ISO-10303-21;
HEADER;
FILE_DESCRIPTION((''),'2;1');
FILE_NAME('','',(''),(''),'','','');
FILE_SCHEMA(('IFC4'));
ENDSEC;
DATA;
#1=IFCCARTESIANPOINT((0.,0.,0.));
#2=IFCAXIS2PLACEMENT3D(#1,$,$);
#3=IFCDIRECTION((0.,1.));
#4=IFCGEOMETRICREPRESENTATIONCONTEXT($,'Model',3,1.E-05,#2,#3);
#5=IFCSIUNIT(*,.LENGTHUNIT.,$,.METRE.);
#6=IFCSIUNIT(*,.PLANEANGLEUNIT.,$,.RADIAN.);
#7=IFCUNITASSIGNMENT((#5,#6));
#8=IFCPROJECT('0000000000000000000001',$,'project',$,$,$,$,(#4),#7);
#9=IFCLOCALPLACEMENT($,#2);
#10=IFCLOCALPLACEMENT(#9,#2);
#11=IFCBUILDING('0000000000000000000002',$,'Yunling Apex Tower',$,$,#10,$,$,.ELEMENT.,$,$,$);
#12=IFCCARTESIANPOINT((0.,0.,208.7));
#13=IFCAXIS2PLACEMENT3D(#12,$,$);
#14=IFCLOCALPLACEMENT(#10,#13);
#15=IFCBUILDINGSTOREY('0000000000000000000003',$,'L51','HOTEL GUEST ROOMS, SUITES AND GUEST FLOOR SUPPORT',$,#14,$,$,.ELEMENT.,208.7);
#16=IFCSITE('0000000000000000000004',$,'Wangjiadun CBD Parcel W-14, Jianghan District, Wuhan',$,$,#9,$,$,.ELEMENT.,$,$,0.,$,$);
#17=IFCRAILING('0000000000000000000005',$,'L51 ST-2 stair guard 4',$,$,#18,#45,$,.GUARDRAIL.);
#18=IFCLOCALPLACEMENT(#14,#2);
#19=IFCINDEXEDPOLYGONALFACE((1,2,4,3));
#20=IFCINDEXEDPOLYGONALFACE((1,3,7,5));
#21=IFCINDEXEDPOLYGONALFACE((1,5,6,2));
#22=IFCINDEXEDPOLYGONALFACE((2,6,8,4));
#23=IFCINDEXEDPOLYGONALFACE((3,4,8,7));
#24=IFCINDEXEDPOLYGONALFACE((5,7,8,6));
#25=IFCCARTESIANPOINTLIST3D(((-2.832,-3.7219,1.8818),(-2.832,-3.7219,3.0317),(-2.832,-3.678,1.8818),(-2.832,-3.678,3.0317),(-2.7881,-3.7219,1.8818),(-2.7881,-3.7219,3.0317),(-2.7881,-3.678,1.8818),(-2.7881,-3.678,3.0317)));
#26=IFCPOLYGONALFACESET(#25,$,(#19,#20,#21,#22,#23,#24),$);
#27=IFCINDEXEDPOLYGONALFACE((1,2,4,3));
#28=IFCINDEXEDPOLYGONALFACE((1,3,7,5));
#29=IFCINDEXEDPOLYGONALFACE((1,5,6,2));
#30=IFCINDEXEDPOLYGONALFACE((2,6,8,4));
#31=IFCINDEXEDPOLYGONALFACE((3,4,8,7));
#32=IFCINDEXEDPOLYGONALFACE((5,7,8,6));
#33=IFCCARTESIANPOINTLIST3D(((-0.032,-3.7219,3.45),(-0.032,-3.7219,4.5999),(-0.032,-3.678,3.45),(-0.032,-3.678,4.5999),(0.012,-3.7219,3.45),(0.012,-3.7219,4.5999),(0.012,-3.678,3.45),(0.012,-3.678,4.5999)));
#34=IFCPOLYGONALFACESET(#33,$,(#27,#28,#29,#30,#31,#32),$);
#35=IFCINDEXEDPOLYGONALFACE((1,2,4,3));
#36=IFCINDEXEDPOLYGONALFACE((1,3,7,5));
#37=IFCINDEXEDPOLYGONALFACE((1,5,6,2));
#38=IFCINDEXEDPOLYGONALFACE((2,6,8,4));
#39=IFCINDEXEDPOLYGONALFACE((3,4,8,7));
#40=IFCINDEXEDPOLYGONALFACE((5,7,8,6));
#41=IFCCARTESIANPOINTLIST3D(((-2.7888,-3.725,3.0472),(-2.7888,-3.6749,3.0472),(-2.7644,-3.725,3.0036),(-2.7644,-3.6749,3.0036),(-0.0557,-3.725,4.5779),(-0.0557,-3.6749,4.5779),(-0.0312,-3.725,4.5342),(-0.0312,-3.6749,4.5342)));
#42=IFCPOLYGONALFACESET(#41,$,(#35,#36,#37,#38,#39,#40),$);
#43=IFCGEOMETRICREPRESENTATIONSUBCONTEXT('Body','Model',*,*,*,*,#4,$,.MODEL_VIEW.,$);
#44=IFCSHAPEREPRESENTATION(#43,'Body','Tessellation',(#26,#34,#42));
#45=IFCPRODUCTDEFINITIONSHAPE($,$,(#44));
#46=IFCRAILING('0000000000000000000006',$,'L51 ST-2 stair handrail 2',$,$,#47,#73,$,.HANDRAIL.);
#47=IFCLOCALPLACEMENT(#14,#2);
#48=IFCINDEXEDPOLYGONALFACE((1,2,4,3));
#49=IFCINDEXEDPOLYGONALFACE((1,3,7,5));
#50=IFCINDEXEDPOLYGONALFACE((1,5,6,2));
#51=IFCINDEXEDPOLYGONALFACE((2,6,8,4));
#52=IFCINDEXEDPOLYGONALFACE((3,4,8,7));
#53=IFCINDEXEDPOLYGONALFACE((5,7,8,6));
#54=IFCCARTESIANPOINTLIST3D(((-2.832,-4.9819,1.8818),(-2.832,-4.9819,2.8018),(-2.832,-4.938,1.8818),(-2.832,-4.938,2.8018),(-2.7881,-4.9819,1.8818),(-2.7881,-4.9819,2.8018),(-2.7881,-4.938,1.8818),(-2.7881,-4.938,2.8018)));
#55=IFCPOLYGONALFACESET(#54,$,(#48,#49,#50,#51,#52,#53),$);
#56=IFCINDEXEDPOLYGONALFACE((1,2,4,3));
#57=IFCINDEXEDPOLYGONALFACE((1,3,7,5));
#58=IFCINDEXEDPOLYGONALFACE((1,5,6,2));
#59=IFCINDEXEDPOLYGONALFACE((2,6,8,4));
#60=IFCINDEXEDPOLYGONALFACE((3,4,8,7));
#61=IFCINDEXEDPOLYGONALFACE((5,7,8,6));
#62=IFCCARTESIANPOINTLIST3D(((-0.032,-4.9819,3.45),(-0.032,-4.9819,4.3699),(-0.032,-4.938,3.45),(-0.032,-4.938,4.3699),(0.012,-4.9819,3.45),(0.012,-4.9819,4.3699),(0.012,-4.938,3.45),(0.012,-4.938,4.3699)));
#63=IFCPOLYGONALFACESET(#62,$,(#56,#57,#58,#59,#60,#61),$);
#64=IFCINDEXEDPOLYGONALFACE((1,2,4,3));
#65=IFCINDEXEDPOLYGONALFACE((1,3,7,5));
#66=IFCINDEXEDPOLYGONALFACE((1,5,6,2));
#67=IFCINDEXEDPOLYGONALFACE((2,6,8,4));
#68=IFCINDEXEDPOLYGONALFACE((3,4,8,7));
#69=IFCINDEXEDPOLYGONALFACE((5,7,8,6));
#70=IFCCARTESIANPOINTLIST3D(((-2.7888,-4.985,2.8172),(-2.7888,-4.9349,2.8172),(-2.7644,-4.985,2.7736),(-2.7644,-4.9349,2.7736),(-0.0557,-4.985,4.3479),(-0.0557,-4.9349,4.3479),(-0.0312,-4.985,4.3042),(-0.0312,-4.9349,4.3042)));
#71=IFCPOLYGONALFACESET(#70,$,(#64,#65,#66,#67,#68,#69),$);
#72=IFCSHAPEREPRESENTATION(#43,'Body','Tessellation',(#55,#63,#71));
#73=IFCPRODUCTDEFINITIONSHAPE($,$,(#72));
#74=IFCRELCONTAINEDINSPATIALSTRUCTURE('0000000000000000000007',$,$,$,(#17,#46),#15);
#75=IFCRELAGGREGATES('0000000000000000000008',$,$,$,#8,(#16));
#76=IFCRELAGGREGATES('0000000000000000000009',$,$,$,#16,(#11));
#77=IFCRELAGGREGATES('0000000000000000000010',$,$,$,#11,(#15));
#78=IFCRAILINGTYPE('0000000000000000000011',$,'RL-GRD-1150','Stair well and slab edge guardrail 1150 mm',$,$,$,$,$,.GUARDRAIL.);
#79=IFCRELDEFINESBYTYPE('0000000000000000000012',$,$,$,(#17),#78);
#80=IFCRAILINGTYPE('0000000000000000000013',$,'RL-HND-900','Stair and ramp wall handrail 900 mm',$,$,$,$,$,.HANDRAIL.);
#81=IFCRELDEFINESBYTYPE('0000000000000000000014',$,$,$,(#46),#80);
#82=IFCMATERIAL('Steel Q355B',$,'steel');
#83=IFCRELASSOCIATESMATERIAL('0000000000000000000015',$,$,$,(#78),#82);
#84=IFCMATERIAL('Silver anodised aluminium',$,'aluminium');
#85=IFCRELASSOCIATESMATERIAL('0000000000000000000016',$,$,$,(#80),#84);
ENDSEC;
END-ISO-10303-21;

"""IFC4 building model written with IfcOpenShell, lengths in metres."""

from ifc_helpers import new_model, si_unit, direction, frame, origin, origin_2d, place, context, subcontext, project, spatial, rectangle, extrude, material, type_object, element, save


model = new_model("IFC4")

# Units and contexts
model_context = context("Model", 3, precision=1e-05, world=origin(), true_north=direction((0.0, 1.0)))
body_context = subcontext(model_context, "Body", "Model", "MODEL_VIEW")
ifc_project = project(units=[si_unit("LENGTHUNIT", "METRE"), si_unit("PLANEANGLEUNIT", "RADIAN")], contexts=[model_context])

# Site, building, storey
site_placement = place(None, origin())
site = spatial("IfcSite", under=ifc_project, at=site_placement, Name="Wangjiadun CBD Parcel W-14, Jianghan District, Wuhan", CompositionType="ELEMENT", RefElevation=0.0)
building_placement = place(site_placement, origin())
building = spatial("IfcBuilding", under=site, at=building_placement, Name="Yunling Apex Tower", CompositionType="ELEMENT")
storey_placement = place(building_placement, frame((0.0, 0.0, 208.7)))
storey = spatial("IfcBuildingStorey", under=building, at=storey_placement, Name="L51", Description="HOTEL GUEST ROOMS, SUITES AND GUEST FLOOR SUPPORT", CompositionType="ELEMENT", Elevation=208.7)

# Shared definitions
ifc_material_1 = material(Name="Steel Q355B", Category="steel")

# Shared definitions
ifc_material_2 = material(Name="Silver anodised aluminium", Category="aluminium")

# Railings
railing_type_1 = type_object("IfcRailingType", Name="RL-GRD-1150", Description="Stair well and slab edge guardrail 1150 mm", PredefinedType="GUARDRAIL", material=ifc_material_1)
railing_1_placement = place(storey_placement, frame((-2.8101, -3.7, 1.8818)))
element("IfcRailing", 1, at=railing_1_placement, inside=storey, type_object=railing_type_1, Name="L51 ST-2 stair guard 4", PredefinedType="GUARDRAIL", context=body_context, shape_type="SweptSolid", body=[
    extrude(rectangle(XDim=0.0439, YDim=0.0439, at=origin_2d()), origin(), (0.0, 0.0, 1.0), 1.1499),
    extrude(rectangle(XDim=0.0439, YDim=0.0439, at=origin_2d()), frame((2.8, 0.0, 1.5681)), (0.0, 0.0, 1.0), 1.1499),
    extrude(rectangle(XDim=0.05, YDim=0.05, at=origin_2d()), frame((0.0334, 0.0, 1.1436), z_axis=(0.872494, 0.0, 0.488624), x_axis=(0.0, 1.0, 0.0)), (0.0, 0.0, 1.0), 3.1326),
])
railing_type_2 = type_object("IfcRailingType", Name="RL-HND-900", Description="Stair and ramp wall handrail 900 mm", PredefinedType="HANDRAIL", material=ifc_material_2)
railing_2_placement = place(storey_placement, frame((-2.8101, -4.96, 1.8818)))
element("IfcRailing", 2, at=railing_2_placement, inside=storey, type_object=railing_type_2, Name="L51 ST-2 stair handrail 2", PredefinedType="HANDRAIL", context=body_context, shape_type="SweptSolid", body=[
    extrude(rectangle(XDim=0.0439, YDim=0.0439, at=origin_2d()), origin(), (0.0, 0.0, 1.0), 0.9199),
    extrude(rectangle(XDim=0.0439, YDim=0.0439, at=origin_2d()), frame((2.8, 0.0, 1.5681)), (0.0, 0.0, 1.0), 0.9199),
    extrude(rectangle(XDim=0.05, YDim=0.05, at=origin_2d()), frame((0.0334, 0.0, 0.9136), z_axis=(0.872494, 0.0, 0.488624), x_axis=(0.0, 1.0, 0.0)), (0.0, 0.0, 1.0), 3.1326),
])

save(model, "model.ifc")
